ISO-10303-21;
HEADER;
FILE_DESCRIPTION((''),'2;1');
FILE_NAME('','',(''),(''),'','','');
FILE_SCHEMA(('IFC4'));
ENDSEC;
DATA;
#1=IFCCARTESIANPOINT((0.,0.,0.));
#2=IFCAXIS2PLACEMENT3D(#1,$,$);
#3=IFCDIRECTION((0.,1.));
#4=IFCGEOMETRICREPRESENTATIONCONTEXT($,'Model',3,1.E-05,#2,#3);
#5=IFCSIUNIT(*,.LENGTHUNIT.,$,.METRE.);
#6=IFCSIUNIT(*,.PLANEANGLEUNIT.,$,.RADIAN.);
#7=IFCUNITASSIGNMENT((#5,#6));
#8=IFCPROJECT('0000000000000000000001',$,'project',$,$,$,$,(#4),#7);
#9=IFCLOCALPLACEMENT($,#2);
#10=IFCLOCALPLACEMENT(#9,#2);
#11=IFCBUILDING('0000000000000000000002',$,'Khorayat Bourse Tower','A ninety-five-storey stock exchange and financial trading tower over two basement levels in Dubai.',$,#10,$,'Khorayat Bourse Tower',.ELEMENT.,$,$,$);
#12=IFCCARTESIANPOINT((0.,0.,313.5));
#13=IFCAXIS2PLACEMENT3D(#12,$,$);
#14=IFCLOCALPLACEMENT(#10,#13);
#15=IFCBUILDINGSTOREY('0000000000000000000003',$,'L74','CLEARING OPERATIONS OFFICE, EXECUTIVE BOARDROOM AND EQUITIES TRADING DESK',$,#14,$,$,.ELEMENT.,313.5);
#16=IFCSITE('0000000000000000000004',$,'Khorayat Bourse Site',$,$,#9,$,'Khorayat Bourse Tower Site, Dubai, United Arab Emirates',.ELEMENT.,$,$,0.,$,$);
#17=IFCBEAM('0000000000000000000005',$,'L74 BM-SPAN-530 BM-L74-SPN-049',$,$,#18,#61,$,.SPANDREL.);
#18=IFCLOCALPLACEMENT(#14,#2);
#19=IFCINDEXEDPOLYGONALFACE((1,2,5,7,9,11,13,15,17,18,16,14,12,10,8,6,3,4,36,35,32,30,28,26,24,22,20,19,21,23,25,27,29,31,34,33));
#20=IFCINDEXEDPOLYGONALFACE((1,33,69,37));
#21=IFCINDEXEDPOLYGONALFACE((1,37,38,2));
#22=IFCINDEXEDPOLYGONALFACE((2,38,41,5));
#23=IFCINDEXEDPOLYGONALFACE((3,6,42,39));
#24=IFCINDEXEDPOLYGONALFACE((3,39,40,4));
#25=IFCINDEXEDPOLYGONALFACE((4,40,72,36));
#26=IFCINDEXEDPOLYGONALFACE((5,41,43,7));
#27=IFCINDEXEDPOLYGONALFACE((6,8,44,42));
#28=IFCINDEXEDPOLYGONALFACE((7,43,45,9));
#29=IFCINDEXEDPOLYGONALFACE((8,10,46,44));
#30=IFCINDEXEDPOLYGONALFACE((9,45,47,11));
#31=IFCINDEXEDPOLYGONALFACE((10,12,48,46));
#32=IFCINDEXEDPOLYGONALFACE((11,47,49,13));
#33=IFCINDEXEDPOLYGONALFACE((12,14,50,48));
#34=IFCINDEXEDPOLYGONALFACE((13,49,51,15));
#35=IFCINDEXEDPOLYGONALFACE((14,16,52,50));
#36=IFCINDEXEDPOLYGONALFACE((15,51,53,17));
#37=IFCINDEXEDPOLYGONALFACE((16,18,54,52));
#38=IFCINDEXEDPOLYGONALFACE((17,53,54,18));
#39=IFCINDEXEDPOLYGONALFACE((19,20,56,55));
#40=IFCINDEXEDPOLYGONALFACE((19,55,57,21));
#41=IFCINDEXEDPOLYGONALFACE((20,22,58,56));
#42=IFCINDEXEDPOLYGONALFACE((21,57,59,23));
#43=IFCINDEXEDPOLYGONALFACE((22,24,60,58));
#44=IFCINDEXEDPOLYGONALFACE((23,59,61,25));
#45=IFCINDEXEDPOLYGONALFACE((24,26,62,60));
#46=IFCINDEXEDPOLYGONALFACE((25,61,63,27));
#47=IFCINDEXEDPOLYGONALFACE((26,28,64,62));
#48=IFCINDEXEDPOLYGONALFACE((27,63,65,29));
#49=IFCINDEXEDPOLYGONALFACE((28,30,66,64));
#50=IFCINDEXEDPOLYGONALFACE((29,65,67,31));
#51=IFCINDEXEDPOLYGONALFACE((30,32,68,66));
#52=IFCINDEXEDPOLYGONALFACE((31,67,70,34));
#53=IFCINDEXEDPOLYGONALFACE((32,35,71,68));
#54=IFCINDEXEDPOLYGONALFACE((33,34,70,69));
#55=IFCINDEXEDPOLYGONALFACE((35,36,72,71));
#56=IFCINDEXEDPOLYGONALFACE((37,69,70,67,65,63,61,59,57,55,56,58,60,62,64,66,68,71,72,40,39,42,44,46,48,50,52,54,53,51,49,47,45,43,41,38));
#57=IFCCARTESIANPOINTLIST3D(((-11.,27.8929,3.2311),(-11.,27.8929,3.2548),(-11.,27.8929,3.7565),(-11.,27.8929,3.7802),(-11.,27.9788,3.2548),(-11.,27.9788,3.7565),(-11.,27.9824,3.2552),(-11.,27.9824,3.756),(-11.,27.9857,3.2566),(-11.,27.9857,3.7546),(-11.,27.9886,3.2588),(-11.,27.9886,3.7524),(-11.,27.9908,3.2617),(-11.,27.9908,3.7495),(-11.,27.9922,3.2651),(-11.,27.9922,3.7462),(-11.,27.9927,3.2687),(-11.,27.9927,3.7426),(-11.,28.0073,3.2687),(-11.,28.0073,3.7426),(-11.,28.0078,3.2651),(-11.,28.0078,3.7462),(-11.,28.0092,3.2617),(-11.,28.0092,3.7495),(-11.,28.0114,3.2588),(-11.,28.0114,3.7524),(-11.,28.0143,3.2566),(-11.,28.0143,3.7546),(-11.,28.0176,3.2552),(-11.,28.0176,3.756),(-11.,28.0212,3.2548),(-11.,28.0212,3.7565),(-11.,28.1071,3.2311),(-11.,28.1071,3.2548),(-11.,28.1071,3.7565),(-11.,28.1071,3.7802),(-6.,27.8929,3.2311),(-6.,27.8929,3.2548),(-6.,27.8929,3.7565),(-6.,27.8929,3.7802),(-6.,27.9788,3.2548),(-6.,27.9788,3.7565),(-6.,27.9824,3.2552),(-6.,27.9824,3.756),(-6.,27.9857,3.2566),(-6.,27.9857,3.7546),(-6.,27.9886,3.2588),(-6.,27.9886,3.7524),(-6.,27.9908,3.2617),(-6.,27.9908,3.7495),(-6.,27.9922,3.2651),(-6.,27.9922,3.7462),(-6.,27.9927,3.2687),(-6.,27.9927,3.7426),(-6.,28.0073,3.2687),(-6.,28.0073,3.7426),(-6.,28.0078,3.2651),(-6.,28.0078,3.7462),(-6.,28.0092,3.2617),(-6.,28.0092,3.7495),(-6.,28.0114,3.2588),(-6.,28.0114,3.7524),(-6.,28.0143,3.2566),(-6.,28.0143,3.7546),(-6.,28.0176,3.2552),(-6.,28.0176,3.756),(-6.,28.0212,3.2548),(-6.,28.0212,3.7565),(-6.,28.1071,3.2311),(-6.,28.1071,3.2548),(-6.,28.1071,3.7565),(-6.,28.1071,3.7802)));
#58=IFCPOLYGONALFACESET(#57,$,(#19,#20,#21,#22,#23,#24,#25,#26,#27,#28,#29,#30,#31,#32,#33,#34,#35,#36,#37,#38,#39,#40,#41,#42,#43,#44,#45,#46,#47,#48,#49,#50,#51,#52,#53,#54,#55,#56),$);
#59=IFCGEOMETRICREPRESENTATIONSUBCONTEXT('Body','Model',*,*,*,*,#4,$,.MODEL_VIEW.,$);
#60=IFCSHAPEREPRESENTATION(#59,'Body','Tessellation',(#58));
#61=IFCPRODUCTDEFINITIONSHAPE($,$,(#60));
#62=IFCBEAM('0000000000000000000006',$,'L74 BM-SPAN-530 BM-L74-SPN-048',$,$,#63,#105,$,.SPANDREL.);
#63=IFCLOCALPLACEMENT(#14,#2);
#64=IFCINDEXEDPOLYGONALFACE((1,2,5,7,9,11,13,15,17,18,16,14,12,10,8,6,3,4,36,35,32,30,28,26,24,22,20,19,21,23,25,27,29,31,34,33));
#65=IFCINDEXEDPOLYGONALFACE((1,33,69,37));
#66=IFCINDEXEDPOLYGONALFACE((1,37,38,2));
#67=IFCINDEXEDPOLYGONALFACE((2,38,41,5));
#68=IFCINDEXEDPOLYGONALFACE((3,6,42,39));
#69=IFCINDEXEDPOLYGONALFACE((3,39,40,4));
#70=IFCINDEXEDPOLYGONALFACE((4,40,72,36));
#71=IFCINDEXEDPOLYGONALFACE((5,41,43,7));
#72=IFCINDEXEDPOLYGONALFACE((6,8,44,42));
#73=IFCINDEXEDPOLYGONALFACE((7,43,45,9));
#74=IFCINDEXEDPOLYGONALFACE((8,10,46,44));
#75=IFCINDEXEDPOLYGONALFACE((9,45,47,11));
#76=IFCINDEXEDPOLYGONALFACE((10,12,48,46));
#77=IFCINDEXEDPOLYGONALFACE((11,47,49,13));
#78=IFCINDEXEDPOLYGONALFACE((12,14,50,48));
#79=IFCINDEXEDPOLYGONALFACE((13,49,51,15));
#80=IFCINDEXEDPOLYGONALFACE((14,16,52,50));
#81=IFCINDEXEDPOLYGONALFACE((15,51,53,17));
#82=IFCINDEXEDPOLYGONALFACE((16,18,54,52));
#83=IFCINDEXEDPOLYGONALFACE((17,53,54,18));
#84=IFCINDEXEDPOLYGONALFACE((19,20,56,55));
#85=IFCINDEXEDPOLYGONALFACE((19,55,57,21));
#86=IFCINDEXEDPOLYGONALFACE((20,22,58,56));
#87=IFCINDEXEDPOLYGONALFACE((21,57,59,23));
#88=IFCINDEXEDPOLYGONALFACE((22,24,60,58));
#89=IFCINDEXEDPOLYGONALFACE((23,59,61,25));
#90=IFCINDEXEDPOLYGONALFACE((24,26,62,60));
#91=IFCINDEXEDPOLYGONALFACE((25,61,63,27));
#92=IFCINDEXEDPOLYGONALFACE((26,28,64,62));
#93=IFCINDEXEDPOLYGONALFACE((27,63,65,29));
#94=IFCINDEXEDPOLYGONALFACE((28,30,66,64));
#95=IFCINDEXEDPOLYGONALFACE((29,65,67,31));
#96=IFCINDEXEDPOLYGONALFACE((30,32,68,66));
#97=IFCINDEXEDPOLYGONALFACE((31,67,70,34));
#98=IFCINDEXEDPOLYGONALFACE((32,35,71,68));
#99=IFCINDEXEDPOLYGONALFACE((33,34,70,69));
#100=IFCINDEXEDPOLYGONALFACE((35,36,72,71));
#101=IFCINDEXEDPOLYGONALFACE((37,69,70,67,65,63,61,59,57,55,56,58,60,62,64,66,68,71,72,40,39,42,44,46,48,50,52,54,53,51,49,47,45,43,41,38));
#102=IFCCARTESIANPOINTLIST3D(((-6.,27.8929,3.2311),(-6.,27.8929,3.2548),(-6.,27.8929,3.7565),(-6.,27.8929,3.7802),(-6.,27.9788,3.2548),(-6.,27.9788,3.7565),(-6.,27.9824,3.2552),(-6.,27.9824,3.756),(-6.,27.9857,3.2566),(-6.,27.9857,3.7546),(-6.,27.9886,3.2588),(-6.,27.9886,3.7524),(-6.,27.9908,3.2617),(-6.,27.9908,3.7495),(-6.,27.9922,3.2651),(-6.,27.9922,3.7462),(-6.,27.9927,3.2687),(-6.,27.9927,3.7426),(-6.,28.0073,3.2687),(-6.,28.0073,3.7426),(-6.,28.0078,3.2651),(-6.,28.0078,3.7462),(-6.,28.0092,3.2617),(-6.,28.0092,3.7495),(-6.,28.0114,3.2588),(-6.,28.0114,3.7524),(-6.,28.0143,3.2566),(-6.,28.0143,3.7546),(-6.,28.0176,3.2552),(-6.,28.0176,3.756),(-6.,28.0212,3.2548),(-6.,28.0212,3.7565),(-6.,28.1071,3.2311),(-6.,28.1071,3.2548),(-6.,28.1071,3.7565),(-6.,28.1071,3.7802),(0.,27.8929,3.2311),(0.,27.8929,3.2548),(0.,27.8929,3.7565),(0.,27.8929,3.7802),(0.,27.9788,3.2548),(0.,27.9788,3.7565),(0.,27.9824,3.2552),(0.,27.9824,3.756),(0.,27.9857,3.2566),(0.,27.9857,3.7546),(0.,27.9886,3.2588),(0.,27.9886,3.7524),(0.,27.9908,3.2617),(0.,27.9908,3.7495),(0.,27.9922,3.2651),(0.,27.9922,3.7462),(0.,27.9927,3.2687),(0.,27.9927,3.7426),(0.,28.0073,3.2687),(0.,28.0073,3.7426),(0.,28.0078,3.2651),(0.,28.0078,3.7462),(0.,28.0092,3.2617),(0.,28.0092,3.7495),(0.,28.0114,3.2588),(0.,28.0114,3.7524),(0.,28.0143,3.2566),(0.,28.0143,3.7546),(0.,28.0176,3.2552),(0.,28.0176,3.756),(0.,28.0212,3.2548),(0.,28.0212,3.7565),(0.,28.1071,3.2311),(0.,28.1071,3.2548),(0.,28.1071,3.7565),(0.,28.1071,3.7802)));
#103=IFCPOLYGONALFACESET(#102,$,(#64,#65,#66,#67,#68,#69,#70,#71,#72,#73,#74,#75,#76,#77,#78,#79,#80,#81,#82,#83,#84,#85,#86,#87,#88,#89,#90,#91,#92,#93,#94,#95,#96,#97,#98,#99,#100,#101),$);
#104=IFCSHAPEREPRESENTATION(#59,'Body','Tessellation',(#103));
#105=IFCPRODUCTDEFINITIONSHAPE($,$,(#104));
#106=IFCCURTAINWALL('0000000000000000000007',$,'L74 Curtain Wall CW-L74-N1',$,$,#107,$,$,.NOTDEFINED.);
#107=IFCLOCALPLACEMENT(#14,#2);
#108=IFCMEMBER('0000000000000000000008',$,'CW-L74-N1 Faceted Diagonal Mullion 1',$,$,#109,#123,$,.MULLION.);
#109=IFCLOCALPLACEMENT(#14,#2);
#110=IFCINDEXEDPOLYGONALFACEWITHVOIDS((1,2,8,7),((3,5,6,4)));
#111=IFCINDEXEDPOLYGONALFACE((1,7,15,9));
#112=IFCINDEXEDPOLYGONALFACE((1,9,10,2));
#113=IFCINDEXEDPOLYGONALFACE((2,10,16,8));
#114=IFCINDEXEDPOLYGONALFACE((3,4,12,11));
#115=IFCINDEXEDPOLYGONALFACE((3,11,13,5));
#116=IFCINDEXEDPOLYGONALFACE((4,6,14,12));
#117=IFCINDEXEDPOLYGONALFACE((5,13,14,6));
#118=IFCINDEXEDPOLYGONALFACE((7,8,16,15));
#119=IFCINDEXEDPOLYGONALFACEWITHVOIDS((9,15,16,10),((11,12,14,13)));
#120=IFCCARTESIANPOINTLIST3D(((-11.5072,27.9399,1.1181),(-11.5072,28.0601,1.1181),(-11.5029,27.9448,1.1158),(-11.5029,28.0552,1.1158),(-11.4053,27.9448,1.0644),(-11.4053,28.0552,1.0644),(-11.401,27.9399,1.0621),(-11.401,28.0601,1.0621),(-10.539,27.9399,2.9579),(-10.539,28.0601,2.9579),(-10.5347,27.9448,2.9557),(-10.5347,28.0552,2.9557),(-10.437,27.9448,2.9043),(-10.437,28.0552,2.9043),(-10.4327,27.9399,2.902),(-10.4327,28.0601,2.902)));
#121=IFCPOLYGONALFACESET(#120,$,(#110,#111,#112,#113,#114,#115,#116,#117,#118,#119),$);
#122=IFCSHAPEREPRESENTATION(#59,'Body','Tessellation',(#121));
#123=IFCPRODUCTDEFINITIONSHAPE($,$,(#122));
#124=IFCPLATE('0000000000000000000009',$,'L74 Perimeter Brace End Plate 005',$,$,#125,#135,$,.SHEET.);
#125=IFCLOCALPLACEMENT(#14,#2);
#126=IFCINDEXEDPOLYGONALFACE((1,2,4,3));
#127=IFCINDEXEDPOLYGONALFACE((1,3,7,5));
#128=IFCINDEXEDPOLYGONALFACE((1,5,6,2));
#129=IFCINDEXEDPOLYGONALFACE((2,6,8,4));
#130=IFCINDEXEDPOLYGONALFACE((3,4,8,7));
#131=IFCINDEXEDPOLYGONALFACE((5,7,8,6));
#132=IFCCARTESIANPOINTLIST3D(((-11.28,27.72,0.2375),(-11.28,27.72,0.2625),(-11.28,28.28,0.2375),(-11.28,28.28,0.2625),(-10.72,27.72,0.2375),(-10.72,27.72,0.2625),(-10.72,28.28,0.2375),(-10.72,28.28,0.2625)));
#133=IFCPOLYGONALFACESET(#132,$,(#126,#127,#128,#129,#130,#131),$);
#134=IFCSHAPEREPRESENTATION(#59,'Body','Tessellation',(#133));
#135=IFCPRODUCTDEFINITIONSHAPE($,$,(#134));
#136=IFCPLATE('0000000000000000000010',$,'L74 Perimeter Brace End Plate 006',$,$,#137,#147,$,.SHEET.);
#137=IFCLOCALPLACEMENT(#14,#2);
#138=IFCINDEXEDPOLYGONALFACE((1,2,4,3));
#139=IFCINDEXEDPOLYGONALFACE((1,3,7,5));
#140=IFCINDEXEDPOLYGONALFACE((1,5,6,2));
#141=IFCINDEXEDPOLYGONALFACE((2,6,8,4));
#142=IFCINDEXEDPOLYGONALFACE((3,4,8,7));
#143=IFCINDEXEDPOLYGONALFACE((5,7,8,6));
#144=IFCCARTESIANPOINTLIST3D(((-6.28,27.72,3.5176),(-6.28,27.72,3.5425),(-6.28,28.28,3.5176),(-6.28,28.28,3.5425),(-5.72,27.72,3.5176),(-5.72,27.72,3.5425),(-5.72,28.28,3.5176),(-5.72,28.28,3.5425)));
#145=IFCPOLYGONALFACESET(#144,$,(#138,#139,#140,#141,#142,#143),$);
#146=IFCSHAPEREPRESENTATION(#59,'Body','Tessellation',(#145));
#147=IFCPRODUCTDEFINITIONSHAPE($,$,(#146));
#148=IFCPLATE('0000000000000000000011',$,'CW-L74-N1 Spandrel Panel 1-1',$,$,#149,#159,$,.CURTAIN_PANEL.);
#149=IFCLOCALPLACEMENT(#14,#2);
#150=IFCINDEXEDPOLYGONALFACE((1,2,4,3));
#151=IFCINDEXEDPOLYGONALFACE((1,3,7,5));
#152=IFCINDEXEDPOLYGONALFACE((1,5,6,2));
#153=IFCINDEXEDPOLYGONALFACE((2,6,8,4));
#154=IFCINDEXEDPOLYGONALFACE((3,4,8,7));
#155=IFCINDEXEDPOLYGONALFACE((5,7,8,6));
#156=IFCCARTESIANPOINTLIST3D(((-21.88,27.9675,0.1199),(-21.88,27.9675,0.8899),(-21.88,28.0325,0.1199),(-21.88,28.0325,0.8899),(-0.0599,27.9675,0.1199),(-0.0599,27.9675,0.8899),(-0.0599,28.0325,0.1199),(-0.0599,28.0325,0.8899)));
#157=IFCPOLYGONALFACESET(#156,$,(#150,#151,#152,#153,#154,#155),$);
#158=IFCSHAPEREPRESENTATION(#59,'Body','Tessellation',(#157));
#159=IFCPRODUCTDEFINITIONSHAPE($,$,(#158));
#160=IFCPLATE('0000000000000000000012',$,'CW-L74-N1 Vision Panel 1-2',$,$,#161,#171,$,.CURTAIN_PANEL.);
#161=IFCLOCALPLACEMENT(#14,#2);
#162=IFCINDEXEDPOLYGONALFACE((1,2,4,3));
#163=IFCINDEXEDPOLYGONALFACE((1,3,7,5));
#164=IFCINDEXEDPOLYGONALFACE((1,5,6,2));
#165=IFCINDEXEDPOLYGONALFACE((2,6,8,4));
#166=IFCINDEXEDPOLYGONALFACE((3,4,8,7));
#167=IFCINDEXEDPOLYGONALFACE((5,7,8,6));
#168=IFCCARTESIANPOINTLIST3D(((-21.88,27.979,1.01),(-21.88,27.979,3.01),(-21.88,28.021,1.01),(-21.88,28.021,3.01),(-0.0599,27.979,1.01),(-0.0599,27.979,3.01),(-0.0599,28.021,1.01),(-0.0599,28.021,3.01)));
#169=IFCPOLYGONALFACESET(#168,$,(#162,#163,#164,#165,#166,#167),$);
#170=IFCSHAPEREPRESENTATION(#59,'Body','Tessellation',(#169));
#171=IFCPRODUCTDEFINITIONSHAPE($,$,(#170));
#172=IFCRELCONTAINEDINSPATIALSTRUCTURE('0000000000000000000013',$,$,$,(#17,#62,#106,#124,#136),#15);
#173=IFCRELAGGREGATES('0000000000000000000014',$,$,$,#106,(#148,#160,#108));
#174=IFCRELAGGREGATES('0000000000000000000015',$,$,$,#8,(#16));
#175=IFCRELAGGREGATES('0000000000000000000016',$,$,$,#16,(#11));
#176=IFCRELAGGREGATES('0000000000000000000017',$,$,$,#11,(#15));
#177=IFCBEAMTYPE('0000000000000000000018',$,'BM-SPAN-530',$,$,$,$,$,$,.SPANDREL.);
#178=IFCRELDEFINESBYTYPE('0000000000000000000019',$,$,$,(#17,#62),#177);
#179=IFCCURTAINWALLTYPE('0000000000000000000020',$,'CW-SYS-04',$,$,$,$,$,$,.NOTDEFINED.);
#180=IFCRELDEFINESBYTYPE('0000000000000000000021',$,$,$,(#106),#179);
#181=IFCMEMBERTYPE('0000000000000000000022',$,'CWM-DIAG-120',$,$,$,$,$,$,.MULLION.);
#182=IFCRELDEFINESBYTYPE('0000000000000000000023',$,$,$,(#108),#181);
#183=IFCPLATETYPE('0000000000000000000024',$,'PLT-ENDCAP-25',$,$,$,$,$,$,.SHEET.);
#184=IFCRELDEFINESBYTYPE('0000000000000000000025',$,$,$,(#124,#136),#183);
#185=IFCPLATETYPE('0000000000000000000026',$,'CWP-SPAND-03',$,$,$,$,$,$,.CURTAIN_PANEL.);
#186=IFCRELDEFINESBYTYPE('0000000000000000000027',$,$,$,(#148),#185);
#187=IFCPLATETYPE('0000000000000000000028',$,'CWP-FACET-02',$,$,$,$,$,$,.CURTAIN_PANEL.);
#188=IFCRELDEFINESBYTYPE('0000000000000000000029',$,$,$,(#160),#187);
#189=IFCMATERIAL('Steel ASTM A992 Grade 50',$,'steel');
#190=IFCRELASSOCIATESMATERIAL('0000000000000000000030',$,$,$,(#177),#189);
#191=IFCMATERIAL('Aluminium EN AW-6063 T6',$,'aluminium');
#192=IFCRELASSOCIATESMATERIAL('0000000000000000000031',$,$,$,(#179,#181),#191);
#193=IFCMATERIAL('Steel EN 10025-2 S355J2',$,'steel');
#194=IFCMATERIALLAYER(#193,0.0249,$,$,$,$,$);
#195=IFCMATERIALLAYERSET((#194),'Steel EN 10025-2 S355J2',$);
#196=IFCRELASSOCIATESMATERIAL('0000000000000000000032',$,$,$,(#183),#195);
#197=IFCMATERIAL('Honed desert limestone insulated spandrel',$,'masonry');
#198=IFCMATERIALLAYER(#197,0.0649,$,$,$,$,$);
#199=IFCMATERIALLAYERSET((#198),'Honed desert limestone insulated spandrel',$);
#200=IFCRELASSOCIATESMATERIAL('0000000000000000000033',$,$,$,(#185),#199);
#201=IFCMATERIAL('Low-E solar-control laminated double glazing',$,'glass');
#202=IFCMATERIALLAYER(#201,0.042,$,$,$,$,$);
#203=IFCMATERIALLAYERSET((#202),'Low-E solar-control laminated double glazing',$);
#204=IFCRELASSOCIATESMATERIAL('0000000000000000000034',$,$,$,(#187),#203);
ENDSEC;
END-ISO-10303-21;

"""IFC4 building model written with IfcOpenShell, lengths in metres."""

from ifc_helpers import new_model, si_unit, direction, frame, origin, origin_2d, place, context, subcontext, project, spatial, rectangle, hollow_rectangle, i_section, extrude, source, transform, mapped, material, layer, layer_set, material_profile, profile_set, type_object, element, aggregate, save


model = new_model("IFC4")

# Units and contexts
model_context = context("Model", 3, precision=1e-05, world=origin(), true_north=direction((0.0, 1.0)))
body_context = subcontext(model_context, "Body", "Model", "MODEL_VIEW")
ifc_project = project(units=[si_unit("LENGTHUNIT", "METRE"), si_unit("PLANEANGLEUNIT", "RADIAN")], contexts=[model_context])

# Site, building, storey
site_placement = place(None, origin())
site = spatial("IfcSite", under=ifc_project, at=site_placement, Name="Khorayat Bourse Site", LongName="Khorayat Bourse Tower Site, Dubai, United Arab Emirates", CompositionType="ELEMENT", RefElevation=0.0)
building_placement = place(site_placement, origin())
building = spatial("IfcBuilding", under=site, at=building_placement, Name="Khorayat Bourse Tower", Description="A ninety-five-storey stock exchange and financial trading tower over two basement levels in Dubai.", LongName="Khorayat Bourse Tower", CompositionType="ELEMENT")
storey_placement = place(building_placement, frame((0.0, 0.0, 313.5)))
storey = spatial("IfcBuildingStorey", under=building, at=storey_placement, Name="L74", Description="CLEARING OPERATIONS OFFICE, EXECUTIVE BOARDROOM AND EQUITIES TRADING DESK", CompositionType="ELEMENT", Elevation=313.5)

# Beams
ifc_material_1 = material(Name="Steel ASTM A992 Grade 50", Category="steel")
ifc_material_profile_1 = material_profile(ifc_material_1, i_section(OverallWidth=0.2141, OverallDepth=0.5491, WebThickness=0.0146, FlangeThickness=0.0237, FilletRadius=0.0139, at=origin_2d()), Name="W530X138")
ifc_profile_set_1 = profile_set([ifc_material_profile_1], Name="Steel ASTM A992 Grade 50")
beam_type_1 = type_object("IfcBeamType", Name="BM-SPAN-530", PredefinedType="SPANDREL", material=ifc_profile_set_1)
shared_shape_1 = source(origin(), body_context, "Body", "SweptSolid", [
    extrude(i_section(OverallWidth=0.2141, OverallDepth=0.5491, WebThickness=0.0146, FlangeThickness=0.0237, FilletRadius=0.0139, at=origin_2d()), origin(), (0.0, 0.0, 1.0), 5.0),
])
beam_1_placement = place(storey_placement, frame((-11.0, 28.0, 3.5056), z_axis=(1.0, 0.0, 0.0), x_axis=(0.0, 1.0, 0.0)))
element("IfcBeam", 1, at=beam_1_placement, inside=storey, type_object=beam_type_1, Name="L74 BM-SPAN-530 BM-L74-SPN-049", PredefinedType="SPANDREL", context=body_context, shape_type="MappedRepresentation", body=[
    mapped(shared_shape_1, transform((0.0, 0.0, 0.0), scale=1.0)),
])
shared_shape_2 = source(origin(), body_context, "Body", "SweptSolid", [
    extrude(i_section(OverallWidth=0.2141, OverallDepth=0.5491, WebThickness=0.0146, FlangeThickness=0.0237, FilletRadius=0.0139, at=origin_2d()), origin(), (0.0, 0.0, 1.0), 6.0),
])
beam_2_placement = place(storey_placement, frame((-6.0, 28.0, 3.5056), z_axis=(1.0, 0.0, 0.0), x_axis=(0.0, 1.0, 0.0)))
element("IfcBeam", 2, at=beam_2_placement, inside=storey, type_object=beam_type_1, Name="L74 BM-SPAN-530 BM-L74-SPN-048", PredefinedType="SPANDREL", context=body_context, shape_type="MappedRepresentation", body=[
    mapped(shared_shape_2, transform((0.0, 0.0, 0.0), scale=1.0)),
])

# Curtain wall, member
ifc_material_2 = material(Name="Aluminium EN AW-6063 T6", Category="aluminium")
curtain_wall_type = type_object("IfcCurtainWallType", Name="CW-SYS-04", PredefinedType="NOTDEFINED", material=ifc_material_2)
curtain_wall_placement = place(storey_placement, origin())
curtain_wall = element("IfcCurtainWall", 3, at=curtain_wall_placement, inside=storey, type_object=curtain_wall_type, Name="L74 Curtain Wall CW-L74-N1", PredefinedType="NOTDEFINED")
ifc_material_profile_2 = material_profile(ifc_material_2, hollow_rectangle(XDim=0.1201, YDim=0.1201, WallThickness=0.0049, at=origin_2d()), Name="ALU 120x120x5")
ifc_profile_set_2 = profile_set([ifc_material_profile_2], Name="Aluminium EN AW-6063 T6")
member_type_1 = type_object("IfcMemberType", Name="CWM-DIAG-120", PredefinedType="MULLION", material=ifc_profile_set_2)
shared_shape_3 = source(origin(), body_context, "Body", "SweptSolid", [
    extrude(hollow_rectangle(XDim=0.1201, YDim=0.1201, WallThickness=0.0049, at=origin_2d()), origin(), (0.0, 0.0, 1.0), 2.0791),
])
member_1_placement = place(storey_placement, frame((-11.4541, 28.0, 1.0901), z_axis=(0.465717, 0.0, 0.884934), x_axis=(0.0, 1.0, 0.0)))
member_1 = element("IfcMember", 4, at=member_1_placement, type_object=member_type_1, Name="CW-L74-N1 Faceted Diagonal Mullion 1", PredefinedType="MULLION", context=body_context, shape_type="MappedRepresentation", body=[
    mapped(shared_shape_3, transform((0.0, 0.0, 0.0), scale=1.0)),
])

# Plates
ifc_material_3 = material(Name="Steel EN 10025-2 S355J2", Category="steel")
ifc_layer_1 = layer(ifc_material_3, 0.0249)
ifc_layer_set_1 = layer_set([ifc_layer_1], Name="Steel EN 10025-2 S355J2")
plate_type_1 = type_object("IfcPlateType", Name="PLT-ENDCAP-25", PredefinedType="SHEET", material=ifc_layer_set_1)
shared_shape_4 = source(origin(), body_context, "Body", "SweptSolid", [
    extrude(rectangle(XDim=0.5601, YDim=0.5601, at=origin_2d()), origin(), (0.0, 0.0, 1.0), 0.0249),
])
for number, where, z_axis, x_axis, name in (
    (5, (-11.0, 28.0, 0.2375), (0.0, 0.0, 1.0), (1.0, 0.0, 0.0), "L74 Perimeter Brace End Plate 005"),
    (6, (-6.0, 28.0, 3.5176), (0.0, 0.0, 1.0), (1.0, 0.0, 0.0), "L74 Perimeter Brace End Plate 006"),
):
    element("IfcPlate", number, at=place(storey_placement, frame(where, z_axis=z_axis, x_axis=x_axis)), inside=storey, type_object=plate_type_1, Name=name, PredefinedType="SHEET", context=body_context, shape_type="MappedRepresentation", body=[
        mapped(shared_shape_4, transform((0.0, 0.0, 0.0), scale=1.0)),
    ])

# Plates
ifc_material_4 = material(Name="Honed desert limestone insulated spandrel", Category="masonry")
ifc_layer_2 = layer(ifc_material_4, 0.0649)
ifc_layer_set_2 = layer_set([ifc_layer_2], Name="Honed desert limestone insulated spandrel")
plate_type_2 = type_object("IfcPlateType", Name="CWP-SPAND-03", PredefinedType="CURTAIN_PANEL", material=ifc_layer_set_2)
shared_shape_5 = source(origin(), body_context, "Body", "SweptSolid", [
    extrude(rectangle(XDim=21.8201, YDim=0.0649, at=origin_2d()), origin(), (0.0, 0.0, 1.0), 0.77),
])
plate_1_placement = place(storey_placement, frame((-10.97, 28.0, 0.1199), z_axis=(0.0, 0.0, 1.0), x_axis=(1.0, 0.0, 0.0)))
plate_1 = element("IfcPlate", 7, at=plate_1_placement, type_object=plate_type_2, Name="CW-L74-N1 Spandrel Panel 1-1", PredefinedType="CURTAIN_PANEL", context=body_context, shape_type="MappedRepresentation", body=[
    mapped(shared_shape_5, transform((0.0, 0.0, 0.0), scale=1.0)),
])
ifc_material_5 = material(Name="Low-E solar-control laminated double glazing", Category="glass")
ifc_layer_3 = layer(ifc_material_5, 0.042)
ifc_layer_set_3 = layer_set([ifc_layer_3], Name="Low-E solar-control laminated double glazing")
plate_type_3 = type_object("IfcPlateType", Name="CWP-FACET-02", PredefinedType="CURTAIN_PANEL", material=ifc_layer_set_3)
shared_shape_6 = source(origin(), body_context, "Body", "SweptSolid", [
    extrude(rectangle(XDim=21.8201, YDim=0.042, at=origin_2d()), origin(), (0.0, 0.0, 1.0), 2.0),
])
plate_2_placement = place(storey_placement, frame((-10.97, 28.0, 1.01), z_axis=(0.0, 0.0, 1.0), x_axis=(1.0, 0.0, 0.0)))
plate_2 = element("IfcPlate", 8, at=plate_2_placement, type_object=plate_type_3, Name="CW-L74-N1 Vision Panel 1-2", PredefinedType="CURTAIN_PANEL", context=body_context, shape_type="MappedRepresentation", body=[
    mapped(shared_shape_6, transform((0.0, 0.0, 0.0), scale=1.0)),
])
aggregate(curtain_wall, [plate_1, plate_2, member_1])

save(model, "model.ifc")
